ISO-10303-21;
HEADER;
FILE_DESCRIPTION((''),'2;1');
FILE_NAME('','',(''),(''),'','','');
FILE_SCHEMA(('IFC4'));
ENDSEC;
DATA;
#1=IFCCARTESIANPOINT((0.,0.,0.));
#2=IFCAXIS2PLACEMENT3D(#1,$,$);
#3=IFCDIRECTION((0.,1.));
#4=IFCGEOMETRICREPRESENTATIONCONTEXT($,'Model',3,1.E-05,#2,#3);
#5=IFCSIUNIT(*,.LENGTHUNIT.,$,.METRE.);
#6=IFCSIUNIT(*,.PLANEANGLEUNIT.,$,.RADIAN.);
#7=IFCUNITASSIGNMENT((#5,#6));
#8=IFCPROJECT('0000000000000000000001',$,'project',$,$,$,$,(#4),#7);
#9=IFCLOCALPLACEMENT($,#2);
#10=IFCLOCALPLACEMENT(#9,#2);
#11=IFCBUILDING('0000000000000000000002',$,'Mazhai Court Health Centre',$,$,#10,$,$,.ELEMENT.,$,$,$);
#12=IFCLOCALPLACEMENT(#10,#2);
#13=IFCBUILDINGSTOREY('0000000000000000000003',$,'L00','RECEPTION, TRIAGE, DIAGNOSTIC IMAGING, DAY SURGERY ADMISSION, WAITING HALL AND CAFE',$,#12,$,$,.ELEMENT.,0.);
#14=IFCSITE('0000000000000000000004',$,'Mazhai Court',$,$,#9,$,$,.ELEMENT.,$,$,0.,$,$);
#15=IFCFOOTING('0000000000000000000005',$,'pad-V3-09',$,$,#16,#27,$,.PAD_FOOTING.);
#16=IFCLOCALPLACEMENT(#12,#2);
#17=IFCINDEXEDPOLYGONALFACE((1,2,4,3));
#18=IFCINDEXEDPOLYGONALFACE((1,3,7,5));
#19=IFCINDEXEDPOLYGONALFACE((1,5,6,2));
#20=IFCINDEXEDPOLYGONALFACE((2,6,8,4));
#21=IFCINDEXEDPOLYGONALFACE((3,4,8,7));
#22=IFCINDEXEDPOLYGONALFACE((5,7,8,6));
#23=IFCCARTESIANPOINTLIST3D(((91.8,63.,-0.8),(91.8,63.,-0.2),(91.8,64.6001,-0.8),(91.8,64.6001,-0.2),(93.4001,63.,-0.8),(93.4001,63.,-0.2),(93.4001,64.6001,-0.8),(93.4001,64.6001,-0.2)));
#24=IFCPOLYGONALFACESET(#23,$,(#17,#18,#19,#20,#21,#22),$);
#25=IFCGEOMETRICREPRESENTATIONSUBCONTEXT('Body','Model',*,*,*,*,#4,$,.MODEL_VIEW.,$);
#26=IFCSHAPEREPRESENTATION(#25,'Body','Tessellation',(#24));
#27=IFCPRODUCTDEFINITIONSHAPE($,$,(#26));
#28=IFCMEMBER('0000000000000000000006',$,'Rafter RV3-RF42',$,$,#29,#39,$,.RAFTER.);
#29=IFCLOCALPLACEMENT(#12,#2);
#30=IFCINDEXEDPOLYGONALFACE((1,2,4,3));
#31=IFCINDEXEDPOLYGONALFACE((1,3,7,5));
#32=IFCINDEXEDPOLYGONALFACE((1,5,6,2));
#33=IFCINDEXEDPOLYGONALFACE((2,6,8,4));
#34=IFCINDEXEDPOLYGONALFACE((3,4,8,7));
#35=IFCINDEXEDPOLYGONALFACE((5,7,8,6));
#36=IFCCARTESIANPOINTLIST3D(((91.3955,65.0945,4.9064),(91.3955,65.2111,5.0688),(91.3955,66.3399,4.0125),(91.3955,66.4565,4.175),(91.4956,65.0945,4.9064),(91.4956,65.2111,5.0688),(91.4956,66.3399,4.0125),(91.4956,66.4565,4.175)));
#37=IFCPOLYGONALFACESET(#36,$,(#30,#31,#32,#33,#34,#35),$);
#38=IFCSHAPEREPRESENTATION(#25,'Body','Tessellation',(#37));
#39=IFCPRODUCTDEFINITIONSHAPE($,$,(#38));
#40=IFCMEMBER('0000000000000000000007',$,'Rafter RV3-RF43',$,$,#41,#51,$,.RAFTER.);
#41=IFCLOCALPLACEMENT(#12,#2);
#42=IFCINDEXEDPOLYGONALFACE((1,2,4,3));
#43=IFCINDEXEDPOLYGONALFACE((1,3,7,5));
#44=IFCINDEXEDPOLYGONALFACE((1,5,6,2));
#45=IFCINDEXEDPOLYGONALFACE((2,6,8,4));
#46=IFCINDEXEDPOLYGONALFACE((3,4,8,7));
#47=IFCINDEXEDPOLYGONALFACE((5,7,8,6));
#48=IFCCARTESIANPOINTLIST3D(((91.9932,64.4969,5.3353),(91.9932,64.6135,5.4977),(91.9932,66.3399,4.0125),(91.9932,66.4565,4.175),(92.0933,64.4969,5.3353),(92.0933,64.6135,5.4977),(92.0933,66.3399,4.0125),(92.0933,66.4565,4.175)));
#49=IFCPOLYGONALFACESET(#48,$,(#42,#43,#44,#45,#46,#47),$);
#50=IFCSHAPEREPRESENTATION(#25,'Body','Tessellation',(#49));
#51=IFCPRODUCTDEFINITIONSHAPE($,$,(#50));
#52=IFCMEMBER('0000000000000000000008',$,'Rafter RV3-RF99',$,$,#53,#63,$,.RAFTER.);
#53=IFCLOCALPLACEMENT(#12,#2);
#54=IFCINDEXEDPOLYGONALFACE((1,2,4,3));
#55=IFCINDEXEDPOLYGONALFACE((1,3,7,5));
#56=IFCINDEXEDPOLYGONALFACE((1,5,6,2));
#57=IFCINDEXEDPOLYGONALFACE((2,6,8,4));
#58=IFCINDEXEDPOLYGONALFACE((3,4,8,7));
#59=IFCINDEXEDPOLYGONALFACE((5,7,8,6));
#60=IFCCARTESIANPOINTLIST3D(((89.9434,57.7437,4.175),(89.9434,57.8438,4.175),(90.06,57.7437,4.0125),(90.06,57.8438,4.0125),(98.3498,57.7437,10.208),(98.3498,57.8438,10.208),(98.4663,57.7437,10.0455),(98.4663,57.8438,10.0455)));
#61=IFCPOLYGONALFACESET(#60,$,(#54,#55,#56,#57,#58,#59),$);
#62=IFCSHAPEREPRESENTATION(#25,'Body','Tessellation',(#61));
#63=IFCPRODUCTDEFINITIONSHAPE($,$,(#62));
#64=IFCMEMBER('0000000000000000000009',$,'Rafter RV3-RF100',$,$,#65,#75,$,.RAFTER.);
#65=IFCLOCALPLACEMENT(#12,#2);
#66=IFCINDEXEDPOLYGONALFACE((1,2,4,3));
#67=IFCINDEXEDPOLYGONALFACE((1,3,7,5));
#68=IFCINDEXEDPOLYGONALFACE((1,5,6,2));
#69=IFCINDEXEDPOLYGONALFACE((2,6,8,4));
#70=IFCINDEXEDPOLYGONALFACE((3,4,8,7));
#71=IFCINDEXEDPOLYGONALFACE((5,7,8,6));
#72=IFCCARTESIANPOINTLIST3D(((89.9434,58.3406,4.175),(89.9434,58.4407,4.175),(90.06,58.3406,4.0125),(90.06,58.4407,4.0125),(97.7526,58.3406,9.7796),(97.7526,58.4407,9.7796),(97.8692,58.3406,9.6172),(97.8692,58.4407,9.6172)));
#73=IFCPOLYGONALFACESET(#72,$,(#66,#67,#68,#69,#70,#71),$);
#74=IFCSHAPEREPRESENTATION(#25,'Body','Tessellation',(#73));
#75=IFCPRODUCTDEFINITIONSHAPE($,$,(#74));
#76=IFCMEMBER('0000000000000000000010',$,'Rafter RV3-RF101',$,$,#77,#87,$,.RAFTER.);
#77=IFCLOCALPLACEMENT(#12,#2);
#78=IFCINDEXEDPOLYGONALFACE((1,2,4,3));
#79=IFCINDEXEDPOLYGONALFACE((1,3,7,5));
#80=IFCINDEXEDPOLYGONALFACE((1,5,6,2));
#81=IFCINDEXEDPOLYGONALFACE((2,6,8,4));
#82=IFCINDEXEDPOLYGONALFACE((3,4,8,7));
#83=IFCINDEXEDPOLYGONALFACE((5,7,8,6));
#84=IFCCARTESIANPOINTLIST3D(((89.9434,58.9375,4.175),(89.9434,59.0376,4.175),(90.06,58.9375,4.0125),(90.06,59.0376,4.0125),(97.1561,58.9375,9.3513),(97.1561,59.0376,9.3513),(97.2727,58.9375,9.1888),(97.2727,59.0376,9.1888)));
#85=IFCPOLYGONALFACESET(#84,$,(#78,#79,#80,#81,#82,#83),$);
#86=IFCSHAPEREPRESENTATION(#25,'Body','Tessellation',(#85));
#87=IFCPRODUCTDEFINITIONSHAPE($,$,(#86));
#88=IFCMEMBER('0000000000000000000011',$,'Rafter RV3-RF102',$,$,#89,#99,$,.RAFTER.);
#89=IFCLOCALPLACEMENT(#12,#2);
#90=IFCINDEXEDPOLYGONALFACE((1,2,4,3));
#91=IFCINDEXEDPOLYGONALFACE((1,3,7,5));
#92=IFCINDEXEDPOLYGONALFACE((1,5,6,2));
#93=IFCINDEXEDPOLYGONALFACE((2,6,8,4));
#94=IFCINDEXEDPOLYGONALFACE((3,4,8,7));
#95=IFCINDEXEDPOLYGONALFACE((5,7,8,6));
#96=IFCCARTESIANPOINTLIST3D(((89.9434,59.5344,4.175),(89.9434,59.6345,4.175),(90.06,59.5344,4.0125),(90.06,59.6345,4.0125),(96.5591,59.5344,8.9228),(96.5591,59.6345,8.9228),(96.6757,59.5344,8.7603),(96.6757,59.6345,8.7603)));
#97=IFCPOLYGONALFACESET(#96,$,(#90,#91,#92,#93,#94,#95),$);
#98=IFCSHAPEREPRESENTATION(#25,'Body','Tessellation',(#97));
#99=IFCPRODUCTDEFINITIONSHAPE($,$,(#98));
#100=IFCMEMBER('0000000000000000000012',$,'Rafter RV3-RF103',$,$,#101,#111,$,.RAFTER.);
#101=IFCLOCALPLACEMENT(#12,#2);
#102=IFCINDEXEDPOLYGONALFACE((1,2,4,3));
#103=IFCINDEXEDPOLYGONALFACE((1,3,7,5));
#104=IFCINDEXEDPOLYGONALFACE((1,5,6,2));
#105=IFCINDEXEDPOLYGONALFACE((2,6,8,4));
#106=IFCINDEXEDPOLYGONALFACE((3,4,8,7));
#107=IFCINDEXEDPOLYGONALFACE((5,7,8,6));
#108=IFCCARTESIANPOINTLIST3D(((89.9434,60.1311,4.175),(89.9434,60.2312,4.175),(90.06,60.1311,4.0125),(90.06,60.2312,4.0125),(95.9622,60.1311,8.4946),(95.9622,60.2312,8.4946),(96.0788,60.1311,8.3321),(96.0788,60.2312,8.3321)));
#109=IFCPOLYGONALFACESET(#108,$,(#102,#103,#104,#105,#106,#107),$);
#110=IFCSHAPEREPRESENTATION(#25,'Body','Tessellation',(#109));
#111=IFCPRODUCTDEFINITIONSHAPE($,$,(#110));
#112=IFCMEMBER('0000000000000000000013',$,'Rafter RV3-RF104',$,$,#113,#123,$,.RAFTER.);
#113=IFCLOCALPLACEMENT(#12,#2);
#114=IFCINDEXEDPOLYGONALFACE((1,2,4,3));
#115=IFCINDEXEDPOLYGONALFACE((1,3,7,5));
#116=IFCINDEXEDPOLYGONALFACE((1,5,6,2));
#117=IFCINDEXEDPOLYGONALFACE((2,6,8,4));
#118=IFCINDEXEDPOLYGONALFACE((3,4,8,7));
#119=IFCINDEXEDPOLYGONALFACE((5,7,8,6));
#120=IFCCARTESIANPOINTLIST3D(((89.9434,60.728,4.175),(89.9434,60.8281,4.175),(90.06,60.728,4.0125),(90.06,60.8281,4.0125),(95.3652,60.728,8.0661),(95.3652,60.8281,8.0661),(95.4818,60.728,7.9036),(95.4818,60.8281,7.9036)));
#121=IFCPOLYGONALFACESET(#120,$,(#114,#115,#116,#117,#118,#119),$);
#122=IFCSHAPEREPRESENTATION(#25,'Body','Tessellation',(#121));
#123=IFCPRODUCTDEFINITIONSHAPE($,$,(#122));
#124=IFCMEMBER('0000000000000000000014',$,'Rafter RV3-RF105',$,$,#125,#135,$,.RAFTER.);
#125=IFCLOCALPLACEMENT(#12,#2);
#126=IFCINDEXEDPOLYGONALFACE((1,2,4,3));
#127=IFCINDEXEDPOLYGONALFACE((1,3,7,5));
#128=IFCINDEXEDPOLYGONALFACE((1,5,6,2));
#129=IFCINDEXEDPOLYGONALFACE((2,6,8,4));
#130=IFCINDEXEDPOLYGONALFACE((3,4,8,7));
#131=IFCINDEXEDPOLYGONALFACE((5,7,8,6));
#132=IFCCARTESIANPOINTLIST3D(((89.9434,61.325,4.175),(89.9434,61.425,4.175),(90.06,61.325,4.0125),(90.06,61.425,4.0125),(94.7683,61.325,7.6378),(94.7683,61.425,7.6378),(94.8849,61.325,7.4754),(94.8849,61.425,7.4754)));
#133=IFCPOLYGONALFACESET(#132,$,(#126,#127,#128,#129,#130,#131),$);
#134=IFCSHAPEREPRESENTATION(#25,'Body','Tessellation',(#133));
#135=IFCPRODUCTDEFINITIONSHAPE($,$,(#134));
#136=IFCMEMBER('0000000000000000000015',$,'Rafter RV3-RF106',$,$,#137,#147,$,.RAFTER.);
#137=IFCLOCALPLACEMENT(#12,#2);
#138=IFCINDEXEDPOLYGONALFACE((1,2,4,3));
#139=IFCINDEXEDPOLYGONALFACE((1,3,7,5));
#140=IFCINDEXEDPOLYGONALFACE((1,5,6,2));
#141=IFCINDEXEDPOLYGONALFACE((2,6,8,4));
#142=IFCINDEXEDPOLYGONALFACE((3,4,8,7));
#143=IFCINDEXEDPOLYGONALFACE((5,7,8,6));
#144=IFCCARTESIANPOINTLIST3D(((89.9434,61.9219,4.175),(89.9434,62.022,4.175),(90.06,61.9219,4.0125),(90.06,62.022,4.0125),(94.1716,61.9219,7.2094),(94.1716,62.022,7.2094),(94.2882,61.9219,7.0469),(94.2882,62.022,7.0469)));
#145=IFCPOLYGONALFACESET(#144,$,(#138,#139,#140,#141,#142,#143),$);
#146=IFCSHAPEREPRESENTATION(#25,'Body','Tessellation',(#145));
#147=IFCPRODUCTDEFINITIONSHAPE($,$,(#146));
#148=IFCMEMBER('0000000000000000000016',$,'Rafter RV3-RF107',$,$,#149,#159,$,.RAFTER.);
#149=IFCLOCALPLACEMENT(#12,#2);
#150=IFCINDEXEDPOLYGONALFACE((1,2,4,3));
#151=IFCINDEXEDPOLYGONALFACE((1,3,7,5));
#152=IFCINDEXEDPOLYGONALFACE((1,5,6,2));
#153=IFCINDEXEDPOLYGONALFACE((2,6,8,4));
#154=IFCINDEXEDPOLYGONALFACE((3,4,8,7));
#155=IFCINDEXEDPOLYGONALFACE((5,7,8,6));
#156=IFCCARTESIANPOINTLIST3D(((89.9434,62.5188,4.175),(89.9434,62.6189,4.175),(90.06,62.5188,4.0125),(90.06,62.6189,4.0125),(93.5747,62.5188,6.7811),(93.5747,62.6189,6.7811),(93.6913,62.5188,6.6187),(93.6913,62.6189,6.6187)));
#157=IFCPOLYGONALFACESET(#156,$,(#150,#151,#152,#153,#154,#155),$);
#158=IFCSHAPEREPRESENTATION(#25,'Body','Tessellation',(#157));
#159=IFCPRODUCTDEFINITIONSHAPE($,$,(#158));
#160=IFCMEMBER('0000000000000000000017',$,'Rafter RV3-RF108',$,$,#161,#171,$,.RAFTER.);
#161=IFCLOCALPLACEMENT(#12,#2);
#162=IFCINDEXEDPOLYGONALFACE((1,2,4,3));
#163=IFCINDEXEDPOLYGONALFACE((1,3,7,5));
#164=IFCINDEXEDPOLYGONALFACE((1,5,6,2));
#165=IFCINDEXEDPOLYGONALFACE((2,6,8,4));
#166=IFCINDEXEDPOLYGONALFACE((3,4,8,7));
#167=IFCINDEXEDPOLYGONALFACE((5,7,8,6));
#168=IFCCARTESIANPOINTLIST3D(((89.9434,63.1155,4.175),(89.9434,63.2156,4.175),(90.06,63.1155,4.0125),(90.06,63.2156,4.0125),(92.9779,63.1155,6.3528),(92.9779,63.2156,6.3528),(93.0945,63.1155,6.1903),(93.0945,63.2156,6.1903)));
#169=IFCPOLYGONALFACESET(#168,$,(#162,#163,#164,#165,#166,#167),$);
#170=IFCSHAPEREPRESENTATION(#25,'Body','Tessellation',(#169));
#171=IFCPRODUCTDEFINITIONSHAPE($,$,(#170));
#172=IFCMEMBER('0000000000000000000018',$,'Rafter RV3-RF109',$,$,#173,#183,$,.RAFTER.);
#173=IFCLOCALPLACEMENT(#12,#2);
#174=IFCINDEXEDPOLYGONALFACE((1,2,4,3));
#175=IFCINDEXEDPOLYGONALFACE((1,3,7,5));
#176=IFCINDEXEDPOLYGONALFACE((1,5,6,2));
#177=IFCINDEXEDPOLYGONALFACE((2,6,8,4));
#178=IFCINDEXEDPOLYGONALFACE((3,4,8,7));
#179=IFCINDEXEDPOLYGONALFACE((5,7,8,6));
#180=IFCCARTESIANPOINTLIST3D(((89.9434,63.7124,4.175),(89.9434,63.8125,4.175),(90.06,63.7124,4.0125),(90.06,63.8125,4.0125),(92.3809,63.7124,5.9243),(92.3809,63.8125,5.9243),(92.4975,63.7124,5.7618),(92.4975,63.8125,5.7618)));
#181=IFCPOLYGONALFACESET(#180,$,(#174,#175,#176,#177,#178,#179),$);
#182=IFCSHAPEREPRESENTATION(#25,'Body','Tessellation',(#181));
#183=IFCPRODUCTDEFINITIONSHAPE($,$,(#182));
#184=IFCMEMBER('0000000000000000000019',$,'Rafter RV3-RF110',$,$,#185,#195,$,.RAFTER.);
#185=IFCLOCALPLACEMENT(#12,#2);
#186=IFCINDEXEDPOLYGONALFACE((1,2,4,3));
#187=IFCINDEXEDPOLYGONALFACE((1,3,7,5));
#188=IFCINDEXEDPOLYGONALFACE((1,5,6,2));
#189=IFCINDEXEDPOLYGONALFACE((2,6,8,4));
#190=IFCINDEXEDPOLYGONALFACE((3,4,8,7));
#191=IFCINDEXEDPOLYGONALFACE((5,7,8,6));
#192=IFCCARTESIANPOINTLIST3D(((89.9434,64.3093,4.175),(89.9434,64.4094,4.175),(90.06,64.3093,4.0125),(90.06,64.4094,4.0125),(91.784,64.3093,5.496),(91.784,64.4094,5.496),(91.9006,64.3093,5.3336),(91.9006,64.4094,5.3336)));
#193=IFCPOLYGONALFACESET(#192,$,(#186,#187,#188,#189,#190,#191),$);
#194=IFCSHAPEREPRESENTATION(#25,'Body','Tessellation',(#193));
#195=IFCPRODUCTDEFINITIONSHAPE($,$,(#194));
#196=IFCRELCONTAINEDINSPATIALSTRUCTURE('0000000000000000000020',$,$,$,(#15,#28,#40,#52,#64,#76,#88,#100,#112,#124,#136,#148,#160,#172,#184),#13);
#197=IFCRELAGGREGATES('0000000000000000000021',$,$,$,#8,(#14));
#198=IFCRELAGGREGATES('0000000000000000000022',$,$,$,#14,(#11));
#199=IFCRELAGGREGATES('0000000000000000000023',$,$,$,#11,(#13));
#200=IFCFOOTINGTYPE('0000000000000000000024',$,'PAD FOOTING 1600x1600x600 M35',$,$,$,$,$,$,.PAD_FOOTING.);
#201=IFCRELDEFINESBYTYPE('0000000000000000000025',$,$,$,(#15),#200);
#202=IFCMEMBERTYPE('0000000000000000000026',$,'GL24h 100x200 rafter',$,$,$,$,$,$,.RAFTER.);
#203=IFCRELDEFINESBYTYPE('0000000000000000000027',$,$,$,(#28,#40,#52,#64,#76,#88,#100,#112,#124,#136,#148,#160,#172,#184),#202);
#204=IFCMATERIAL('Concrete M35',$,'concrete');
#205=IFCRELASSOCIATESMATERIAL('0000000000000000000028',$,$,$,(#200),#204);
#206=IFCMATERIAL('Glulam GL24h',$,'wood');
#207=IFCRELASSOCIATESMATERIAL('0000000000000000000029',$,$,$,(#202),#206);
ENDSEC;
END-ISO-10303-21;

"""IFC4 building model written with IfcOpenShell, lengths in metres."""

from ifc_helpers import new_model, si_unit, direction, frame, origin, origin_2d, place, context, subcontext, project, spatial, rectangle, extrude, material, material_profile, profile_set, type_object, element, save


model = new_model("IFC4")

# Units and contexts
model_context = context("Model", 3, precision=1e-05, world=origin(), true_north=direction((0.0, 1.0)))
body_context = subcontext(model_context, "Body", "Model", "MODEL_VIEW")
ifc_project = project(units=[si_unit("LENGTHUNIT", "METRE"), si_unit("PLANEANGLEUNIT", "RADIAN")], contexts=[model_context])

# Site, building, storey
site_placement = place(None, origin())
site = spatial("IfcSite", under=ifc_project, at=site_placement, Name="Mazhai Court", CompositionType="ELEMENT", RefElevation=0.0)
building_placement = place(site_placement, origin())
building = spatial("IfcBuilding", under=site, at=building_placement, Name="Mazhai Court Health Centre", CompositionType="ELEMENT")
storey_placement = place(building_placement, origin())
storey = spatial("IfcBuildingStorey", under=building, at=storey_placement, Name="L00", Description="RECEPTION, TRIAGE, DIAGNOSTIC IMAGING, DAY SURGERY ADMISSION, WAITING HALL AND CAFE", CompositionType="ELEMENT", Elevation=0.0)

# Footing
ifc_material_1 = material(Name="Concrete M35", Category="concrete")
footing_type = type_object("IfcFootingType", Name="PAD FOOTING 1600x1600x600 M35", PredefinedType="PAD_FOOTING", material=ifc_material_1)
footing_placement = place(storey_placement, frame((92.6001, 63.8, -0.8), z_axis=(0.0, 0.0, 1.0), x_axis=(1.0, 0.0, 0.0)))
element("IfcFooting", 1, at=footing_placement, inside=storey, type_object=footing_type, Name="pad-V3-09", PredefinedType="PAD_FOOTING", context=body_context, shape_type="SweptSolid", body=[
    extrude(rectangle(XDim=1.6001, YDim=1.6001, at=origin_2d()), origin(), (0.0, 0.0, 1.0), 0.6001),
])

# Members
ifc_material_2 = material(Name="Glulam GL24h", Category="wood")
ifc_material_profile_1 = material_profile(ifc_material_2, rectangle(XDim=0.1001, YDim=0.2, at=origin_2d()), Name="GL24h 100x200")
ifc_profile_set_1 = profile_set([ifc_material_profile_1], Name="Glulam GL24h")
member_type_1 = type_object("IfcMemberType", Name="GL24h 100x200 rafter", PredefinedType="RAFTER", material=ifc_profile_set_1)
member_1_placement = place(storey_placement, frame((91.4456, 66.3982, 4.0938), z_axis=(0.0, -0.812419, 0.583075), x_axis=(1.0, 0.0, 0.0)))
element("IfcMember", 2, at=member_1_placement, inside=storey, type_object=member_type_1, Name="Rafter RV3-RF42", PredefinedType="RAFTER", context=body_context, shape_type="SweptSolid", body=[
    extrude(rectangle(XDim=0.1001, YDim=0.2, at=origin_2d()), origin(), (0.0, 0.0, 1.0), 1.533),
])
member_2_placement = place(storey_placement, frame((92.0432, 66.3982, 4.0938), z_axis=(0.0, -0.812415, 0.583079), x_axis=(1.0, 0.0, 0.0)))
element("IfcMember", 3, at=member_2_placement, inside=storey, type_object=member_type_1, Name="Rafter RV3-RF43", PredefinedType="RAFTER", context=body_context, shape_type="SweptSolid", body=[
    extrude(rectangle(XDim=0.1001, YDim=0.2, at=origin_2d()), origin(), (0.0, 0.0, 1.0), 2.2686),
])
member_3_placement = place(storey_placement, frame((90.0017, 57.7937, 4.0938), z_axis=(0.812429, 0.0, 0.58306), x_axis=(0.0, 1.0, 0.0)))
element("IfcMember", 4, at=member_3_placement, inside=storey, type_object=member_type_1, Name="Rafter RV3-RF99", PredefinedType="RAFTER", context=body_context, shape_type="SweptSolid", body=[
    extrude(rectangle(XDim=0.1001, YDim=0.2, at=origin_2d()), origin(), (0.0, 0.0, 1.0), 10.3472),
])
member_4_placement = place(storey_placement, frame((90.0017, 58.3906, 4.0938), z_axis=(0.81242, 0.0, 0.583072), x_axis=(0.0, 1.0, 0.0)))
element("IfcMember", 5, at=member_4_placement, inside=storey, type_object=member_type_1, Name="Rafter RV3-RF100", PredefinedType="RAFTER", context=body_context, shape_type="SweptSolid", body=[
    extrude(rectangle(XDim=0.1001, YDim=0.2, at=origin_2d()), origin(), (0.0, 0.0, 1.0), 9.6123),
])
member_5_placement = place(storey_placement, frame((90.0017, 58.9875, 4.0938), z_axis=(0.812433, 0.0, 0.583055), x_axis=(0.0, 1.0, 0.0)))
element("IfcMember", 6, at=member_5_placement, inside=storey, type_object=member_type_1, Name="Rafter RV3-RF101", PredefinedType="RAFTER", context=body_context, shape_type="SweptSolid", body=[
    extrude(rectangle(XDim=0.1001, YDim=0.2, at=origin_2d()), origin(), (0.0, 0.0, 1.0), 8.8779),
])
member_6_placement = place(storey_placement, frame((90.0017, 59.5845, 4.0938), z_axis=(0.812437, 0.0, 0.583049), x_axis=(0.0, 1.0, 0.0)))
element("IfcMember", 7, at=member_6_placement, inside=storey, type_object=member_type_1, Name="Rafter RV3-RF102", PredefinedType="RAFTER", context=body_context, shape_type="SweptSolid", body=[
    extrude(rectangle(XDim=0.1001, YDim=0.2, at=origin_2d()), origin(), (0.0, 0.0, 1.0), 8.1431),
])
member_7_placement = place(storey_placement, frame((90.0017, 60.1812, 4.0938), z_axis=(0.812427, 0.0, 0.583063), x_axis=(0.0, 1.0, 0.0)))
element("IfcMember", 8, at=member_7_placement, inside=storey, type_object=member_type_1, Name="Rafter RV3-RF103", PredefinedType="RAFTER", context=body_context, shape_type="SweptSolid", body=[
    extrude(rectangle(XDim=0.1001, YDim=0.2, at=origin_2d()), origin(), (0.0, 0.0, 1.0), 7.4084),
])
member_8_placement = place(storey_placement, frame((90.0017, 60.7781, 4.0938), z_axis=(0.812431, 0.0, 0.583057), x_axis=(0.0, 1.0, 0.0)))
element("IfcMember", 9, at=member_8_placement, inside=storey, type_object=member_type_1, Name="Rafter RV3-RF104", PredefinedType="RAFTER", context=body_context, shape_type="SweptSolid", body=[
    extrude(rectangle(XDim=0.1001, YDim=0.2, at=origin_2d()), origin(), (0.0, 0.0, 1.0), 6.6736),
])
member_9_placement = place(storey_placement, frame((90.0017, 61.375, 4.0938), z_axis=(0.812418, 0.0, 0.583076), x_axis=(0.0, 1.0, 0.0)))
element("IfcMember", 10, at=member_9_placement, inside=storey, type_object=member_type_1, Name="Rafter RV3-RF105", PredefinedType="RAFTER", context=body_context, shape_type="SweptSolid", body=[
    extrude(rectangle(XDim=0.1001, YDim=0.2, at=origin_2d()), origin(), (0.0, 0.0, 1.0), 5.939),
])
member_10_placement = place(storey_placement, frame((90.0017, 61.9719, 4.0938), z_axis=(0.812438, 0.0, 0.583047), x_axis=(0.0, 1.0, 0.0)))
element("IfcMember", 11, at=member_10_placement, inside=storey, type_object=member_type_1, Name="Rafter RV3-RF106", PredefinedType="RAFTER", context=body_context, shape_type="SweptSolid", body=[
    extrude(rectangle(XDim=0.1001, YDim=0.2, at=origin_2d()), origin(), (0.0, 0.0, 1.0), 5.2043),
])
member_11_placement = place(storey_placement, frame((90.0017, 62.5688, 4.0938), z_axis=(0.812421, 0.0, 0.583071), x_axis=(0.0, 1.0, 0.0)))
element("IfcMember", 12, at=member_11_placement, inside=storey, type_object=member_type_1, Name="Rafter RV3-RF107", PredefinedType="RAFTER", context=body_context, shape_type="SweptSolid", body=[
    extrude(rectangle(XDim=0.1001, YDim=0.2, at=origin_2d()), origin(), (0.0, 0.0, 1.0), 4.4697),
])
member_12_placement = place(storey_placement, frame((90.0017, 63.1655, 4.0938), z_axis=(0.812429, 0.0, 0.583061), x_axis=(0.0, 1.0, 0.0)))
element("IfcMember", 13, at=member_12_placement, inside=storey, type_object=member_type_1, Name="Rafter RV3-RF108", PredefinedType="RAFTER", context=body_context, shape_type="SweptSolid", body=[
    extrude(rectangle(XDim=0.1001, YDim=0.2, at=origin_2d()), origin(), (0.0, 0.0, 1.0), 3.7351),
])
member_13_placement = place(storey_placement, frame((90.0017, 63.7625, 4.0938), z_axis=(0.812439, 0.0, 0.583046), x_axis=(0.0, 1.0, 0.0)))
element("IfcMember", 14, at=member_13_placement, inside=storey, type_object=member_type_1, Name="Rafter RV3-RF109", PredefinedType="RAFTER", context=body_context, shape_type="SweptSolid", body=[
    extrude(rectangle(XDim=0.1001, YDim=0.2, at=origin_2d()), origin(), (0.0, 0.0, 1.0), 3.0002),
])
member_14_placement = place(storey_placement, frame((90.0017, 64.3594, 4.0938), z_axis=(0.812406, 0.0, 0.583092), x_axis=(0.0, 1.0, 0.0)))
element("IfcMember", 15, at=member_14_placement, inside=storey, type_object=member_type_1, Name="Rafter RV3-RF110", PredefinedType="RAFTER", context=body_context, shape_type="SweptSolid", body=[
    extrude(rectangle(XDim=0.1001, YDim=0.2, at=origin_2d()), origin(), (0.0, 0.0, 1.0), 2.2656),
])

save(model, "model.ifc")
